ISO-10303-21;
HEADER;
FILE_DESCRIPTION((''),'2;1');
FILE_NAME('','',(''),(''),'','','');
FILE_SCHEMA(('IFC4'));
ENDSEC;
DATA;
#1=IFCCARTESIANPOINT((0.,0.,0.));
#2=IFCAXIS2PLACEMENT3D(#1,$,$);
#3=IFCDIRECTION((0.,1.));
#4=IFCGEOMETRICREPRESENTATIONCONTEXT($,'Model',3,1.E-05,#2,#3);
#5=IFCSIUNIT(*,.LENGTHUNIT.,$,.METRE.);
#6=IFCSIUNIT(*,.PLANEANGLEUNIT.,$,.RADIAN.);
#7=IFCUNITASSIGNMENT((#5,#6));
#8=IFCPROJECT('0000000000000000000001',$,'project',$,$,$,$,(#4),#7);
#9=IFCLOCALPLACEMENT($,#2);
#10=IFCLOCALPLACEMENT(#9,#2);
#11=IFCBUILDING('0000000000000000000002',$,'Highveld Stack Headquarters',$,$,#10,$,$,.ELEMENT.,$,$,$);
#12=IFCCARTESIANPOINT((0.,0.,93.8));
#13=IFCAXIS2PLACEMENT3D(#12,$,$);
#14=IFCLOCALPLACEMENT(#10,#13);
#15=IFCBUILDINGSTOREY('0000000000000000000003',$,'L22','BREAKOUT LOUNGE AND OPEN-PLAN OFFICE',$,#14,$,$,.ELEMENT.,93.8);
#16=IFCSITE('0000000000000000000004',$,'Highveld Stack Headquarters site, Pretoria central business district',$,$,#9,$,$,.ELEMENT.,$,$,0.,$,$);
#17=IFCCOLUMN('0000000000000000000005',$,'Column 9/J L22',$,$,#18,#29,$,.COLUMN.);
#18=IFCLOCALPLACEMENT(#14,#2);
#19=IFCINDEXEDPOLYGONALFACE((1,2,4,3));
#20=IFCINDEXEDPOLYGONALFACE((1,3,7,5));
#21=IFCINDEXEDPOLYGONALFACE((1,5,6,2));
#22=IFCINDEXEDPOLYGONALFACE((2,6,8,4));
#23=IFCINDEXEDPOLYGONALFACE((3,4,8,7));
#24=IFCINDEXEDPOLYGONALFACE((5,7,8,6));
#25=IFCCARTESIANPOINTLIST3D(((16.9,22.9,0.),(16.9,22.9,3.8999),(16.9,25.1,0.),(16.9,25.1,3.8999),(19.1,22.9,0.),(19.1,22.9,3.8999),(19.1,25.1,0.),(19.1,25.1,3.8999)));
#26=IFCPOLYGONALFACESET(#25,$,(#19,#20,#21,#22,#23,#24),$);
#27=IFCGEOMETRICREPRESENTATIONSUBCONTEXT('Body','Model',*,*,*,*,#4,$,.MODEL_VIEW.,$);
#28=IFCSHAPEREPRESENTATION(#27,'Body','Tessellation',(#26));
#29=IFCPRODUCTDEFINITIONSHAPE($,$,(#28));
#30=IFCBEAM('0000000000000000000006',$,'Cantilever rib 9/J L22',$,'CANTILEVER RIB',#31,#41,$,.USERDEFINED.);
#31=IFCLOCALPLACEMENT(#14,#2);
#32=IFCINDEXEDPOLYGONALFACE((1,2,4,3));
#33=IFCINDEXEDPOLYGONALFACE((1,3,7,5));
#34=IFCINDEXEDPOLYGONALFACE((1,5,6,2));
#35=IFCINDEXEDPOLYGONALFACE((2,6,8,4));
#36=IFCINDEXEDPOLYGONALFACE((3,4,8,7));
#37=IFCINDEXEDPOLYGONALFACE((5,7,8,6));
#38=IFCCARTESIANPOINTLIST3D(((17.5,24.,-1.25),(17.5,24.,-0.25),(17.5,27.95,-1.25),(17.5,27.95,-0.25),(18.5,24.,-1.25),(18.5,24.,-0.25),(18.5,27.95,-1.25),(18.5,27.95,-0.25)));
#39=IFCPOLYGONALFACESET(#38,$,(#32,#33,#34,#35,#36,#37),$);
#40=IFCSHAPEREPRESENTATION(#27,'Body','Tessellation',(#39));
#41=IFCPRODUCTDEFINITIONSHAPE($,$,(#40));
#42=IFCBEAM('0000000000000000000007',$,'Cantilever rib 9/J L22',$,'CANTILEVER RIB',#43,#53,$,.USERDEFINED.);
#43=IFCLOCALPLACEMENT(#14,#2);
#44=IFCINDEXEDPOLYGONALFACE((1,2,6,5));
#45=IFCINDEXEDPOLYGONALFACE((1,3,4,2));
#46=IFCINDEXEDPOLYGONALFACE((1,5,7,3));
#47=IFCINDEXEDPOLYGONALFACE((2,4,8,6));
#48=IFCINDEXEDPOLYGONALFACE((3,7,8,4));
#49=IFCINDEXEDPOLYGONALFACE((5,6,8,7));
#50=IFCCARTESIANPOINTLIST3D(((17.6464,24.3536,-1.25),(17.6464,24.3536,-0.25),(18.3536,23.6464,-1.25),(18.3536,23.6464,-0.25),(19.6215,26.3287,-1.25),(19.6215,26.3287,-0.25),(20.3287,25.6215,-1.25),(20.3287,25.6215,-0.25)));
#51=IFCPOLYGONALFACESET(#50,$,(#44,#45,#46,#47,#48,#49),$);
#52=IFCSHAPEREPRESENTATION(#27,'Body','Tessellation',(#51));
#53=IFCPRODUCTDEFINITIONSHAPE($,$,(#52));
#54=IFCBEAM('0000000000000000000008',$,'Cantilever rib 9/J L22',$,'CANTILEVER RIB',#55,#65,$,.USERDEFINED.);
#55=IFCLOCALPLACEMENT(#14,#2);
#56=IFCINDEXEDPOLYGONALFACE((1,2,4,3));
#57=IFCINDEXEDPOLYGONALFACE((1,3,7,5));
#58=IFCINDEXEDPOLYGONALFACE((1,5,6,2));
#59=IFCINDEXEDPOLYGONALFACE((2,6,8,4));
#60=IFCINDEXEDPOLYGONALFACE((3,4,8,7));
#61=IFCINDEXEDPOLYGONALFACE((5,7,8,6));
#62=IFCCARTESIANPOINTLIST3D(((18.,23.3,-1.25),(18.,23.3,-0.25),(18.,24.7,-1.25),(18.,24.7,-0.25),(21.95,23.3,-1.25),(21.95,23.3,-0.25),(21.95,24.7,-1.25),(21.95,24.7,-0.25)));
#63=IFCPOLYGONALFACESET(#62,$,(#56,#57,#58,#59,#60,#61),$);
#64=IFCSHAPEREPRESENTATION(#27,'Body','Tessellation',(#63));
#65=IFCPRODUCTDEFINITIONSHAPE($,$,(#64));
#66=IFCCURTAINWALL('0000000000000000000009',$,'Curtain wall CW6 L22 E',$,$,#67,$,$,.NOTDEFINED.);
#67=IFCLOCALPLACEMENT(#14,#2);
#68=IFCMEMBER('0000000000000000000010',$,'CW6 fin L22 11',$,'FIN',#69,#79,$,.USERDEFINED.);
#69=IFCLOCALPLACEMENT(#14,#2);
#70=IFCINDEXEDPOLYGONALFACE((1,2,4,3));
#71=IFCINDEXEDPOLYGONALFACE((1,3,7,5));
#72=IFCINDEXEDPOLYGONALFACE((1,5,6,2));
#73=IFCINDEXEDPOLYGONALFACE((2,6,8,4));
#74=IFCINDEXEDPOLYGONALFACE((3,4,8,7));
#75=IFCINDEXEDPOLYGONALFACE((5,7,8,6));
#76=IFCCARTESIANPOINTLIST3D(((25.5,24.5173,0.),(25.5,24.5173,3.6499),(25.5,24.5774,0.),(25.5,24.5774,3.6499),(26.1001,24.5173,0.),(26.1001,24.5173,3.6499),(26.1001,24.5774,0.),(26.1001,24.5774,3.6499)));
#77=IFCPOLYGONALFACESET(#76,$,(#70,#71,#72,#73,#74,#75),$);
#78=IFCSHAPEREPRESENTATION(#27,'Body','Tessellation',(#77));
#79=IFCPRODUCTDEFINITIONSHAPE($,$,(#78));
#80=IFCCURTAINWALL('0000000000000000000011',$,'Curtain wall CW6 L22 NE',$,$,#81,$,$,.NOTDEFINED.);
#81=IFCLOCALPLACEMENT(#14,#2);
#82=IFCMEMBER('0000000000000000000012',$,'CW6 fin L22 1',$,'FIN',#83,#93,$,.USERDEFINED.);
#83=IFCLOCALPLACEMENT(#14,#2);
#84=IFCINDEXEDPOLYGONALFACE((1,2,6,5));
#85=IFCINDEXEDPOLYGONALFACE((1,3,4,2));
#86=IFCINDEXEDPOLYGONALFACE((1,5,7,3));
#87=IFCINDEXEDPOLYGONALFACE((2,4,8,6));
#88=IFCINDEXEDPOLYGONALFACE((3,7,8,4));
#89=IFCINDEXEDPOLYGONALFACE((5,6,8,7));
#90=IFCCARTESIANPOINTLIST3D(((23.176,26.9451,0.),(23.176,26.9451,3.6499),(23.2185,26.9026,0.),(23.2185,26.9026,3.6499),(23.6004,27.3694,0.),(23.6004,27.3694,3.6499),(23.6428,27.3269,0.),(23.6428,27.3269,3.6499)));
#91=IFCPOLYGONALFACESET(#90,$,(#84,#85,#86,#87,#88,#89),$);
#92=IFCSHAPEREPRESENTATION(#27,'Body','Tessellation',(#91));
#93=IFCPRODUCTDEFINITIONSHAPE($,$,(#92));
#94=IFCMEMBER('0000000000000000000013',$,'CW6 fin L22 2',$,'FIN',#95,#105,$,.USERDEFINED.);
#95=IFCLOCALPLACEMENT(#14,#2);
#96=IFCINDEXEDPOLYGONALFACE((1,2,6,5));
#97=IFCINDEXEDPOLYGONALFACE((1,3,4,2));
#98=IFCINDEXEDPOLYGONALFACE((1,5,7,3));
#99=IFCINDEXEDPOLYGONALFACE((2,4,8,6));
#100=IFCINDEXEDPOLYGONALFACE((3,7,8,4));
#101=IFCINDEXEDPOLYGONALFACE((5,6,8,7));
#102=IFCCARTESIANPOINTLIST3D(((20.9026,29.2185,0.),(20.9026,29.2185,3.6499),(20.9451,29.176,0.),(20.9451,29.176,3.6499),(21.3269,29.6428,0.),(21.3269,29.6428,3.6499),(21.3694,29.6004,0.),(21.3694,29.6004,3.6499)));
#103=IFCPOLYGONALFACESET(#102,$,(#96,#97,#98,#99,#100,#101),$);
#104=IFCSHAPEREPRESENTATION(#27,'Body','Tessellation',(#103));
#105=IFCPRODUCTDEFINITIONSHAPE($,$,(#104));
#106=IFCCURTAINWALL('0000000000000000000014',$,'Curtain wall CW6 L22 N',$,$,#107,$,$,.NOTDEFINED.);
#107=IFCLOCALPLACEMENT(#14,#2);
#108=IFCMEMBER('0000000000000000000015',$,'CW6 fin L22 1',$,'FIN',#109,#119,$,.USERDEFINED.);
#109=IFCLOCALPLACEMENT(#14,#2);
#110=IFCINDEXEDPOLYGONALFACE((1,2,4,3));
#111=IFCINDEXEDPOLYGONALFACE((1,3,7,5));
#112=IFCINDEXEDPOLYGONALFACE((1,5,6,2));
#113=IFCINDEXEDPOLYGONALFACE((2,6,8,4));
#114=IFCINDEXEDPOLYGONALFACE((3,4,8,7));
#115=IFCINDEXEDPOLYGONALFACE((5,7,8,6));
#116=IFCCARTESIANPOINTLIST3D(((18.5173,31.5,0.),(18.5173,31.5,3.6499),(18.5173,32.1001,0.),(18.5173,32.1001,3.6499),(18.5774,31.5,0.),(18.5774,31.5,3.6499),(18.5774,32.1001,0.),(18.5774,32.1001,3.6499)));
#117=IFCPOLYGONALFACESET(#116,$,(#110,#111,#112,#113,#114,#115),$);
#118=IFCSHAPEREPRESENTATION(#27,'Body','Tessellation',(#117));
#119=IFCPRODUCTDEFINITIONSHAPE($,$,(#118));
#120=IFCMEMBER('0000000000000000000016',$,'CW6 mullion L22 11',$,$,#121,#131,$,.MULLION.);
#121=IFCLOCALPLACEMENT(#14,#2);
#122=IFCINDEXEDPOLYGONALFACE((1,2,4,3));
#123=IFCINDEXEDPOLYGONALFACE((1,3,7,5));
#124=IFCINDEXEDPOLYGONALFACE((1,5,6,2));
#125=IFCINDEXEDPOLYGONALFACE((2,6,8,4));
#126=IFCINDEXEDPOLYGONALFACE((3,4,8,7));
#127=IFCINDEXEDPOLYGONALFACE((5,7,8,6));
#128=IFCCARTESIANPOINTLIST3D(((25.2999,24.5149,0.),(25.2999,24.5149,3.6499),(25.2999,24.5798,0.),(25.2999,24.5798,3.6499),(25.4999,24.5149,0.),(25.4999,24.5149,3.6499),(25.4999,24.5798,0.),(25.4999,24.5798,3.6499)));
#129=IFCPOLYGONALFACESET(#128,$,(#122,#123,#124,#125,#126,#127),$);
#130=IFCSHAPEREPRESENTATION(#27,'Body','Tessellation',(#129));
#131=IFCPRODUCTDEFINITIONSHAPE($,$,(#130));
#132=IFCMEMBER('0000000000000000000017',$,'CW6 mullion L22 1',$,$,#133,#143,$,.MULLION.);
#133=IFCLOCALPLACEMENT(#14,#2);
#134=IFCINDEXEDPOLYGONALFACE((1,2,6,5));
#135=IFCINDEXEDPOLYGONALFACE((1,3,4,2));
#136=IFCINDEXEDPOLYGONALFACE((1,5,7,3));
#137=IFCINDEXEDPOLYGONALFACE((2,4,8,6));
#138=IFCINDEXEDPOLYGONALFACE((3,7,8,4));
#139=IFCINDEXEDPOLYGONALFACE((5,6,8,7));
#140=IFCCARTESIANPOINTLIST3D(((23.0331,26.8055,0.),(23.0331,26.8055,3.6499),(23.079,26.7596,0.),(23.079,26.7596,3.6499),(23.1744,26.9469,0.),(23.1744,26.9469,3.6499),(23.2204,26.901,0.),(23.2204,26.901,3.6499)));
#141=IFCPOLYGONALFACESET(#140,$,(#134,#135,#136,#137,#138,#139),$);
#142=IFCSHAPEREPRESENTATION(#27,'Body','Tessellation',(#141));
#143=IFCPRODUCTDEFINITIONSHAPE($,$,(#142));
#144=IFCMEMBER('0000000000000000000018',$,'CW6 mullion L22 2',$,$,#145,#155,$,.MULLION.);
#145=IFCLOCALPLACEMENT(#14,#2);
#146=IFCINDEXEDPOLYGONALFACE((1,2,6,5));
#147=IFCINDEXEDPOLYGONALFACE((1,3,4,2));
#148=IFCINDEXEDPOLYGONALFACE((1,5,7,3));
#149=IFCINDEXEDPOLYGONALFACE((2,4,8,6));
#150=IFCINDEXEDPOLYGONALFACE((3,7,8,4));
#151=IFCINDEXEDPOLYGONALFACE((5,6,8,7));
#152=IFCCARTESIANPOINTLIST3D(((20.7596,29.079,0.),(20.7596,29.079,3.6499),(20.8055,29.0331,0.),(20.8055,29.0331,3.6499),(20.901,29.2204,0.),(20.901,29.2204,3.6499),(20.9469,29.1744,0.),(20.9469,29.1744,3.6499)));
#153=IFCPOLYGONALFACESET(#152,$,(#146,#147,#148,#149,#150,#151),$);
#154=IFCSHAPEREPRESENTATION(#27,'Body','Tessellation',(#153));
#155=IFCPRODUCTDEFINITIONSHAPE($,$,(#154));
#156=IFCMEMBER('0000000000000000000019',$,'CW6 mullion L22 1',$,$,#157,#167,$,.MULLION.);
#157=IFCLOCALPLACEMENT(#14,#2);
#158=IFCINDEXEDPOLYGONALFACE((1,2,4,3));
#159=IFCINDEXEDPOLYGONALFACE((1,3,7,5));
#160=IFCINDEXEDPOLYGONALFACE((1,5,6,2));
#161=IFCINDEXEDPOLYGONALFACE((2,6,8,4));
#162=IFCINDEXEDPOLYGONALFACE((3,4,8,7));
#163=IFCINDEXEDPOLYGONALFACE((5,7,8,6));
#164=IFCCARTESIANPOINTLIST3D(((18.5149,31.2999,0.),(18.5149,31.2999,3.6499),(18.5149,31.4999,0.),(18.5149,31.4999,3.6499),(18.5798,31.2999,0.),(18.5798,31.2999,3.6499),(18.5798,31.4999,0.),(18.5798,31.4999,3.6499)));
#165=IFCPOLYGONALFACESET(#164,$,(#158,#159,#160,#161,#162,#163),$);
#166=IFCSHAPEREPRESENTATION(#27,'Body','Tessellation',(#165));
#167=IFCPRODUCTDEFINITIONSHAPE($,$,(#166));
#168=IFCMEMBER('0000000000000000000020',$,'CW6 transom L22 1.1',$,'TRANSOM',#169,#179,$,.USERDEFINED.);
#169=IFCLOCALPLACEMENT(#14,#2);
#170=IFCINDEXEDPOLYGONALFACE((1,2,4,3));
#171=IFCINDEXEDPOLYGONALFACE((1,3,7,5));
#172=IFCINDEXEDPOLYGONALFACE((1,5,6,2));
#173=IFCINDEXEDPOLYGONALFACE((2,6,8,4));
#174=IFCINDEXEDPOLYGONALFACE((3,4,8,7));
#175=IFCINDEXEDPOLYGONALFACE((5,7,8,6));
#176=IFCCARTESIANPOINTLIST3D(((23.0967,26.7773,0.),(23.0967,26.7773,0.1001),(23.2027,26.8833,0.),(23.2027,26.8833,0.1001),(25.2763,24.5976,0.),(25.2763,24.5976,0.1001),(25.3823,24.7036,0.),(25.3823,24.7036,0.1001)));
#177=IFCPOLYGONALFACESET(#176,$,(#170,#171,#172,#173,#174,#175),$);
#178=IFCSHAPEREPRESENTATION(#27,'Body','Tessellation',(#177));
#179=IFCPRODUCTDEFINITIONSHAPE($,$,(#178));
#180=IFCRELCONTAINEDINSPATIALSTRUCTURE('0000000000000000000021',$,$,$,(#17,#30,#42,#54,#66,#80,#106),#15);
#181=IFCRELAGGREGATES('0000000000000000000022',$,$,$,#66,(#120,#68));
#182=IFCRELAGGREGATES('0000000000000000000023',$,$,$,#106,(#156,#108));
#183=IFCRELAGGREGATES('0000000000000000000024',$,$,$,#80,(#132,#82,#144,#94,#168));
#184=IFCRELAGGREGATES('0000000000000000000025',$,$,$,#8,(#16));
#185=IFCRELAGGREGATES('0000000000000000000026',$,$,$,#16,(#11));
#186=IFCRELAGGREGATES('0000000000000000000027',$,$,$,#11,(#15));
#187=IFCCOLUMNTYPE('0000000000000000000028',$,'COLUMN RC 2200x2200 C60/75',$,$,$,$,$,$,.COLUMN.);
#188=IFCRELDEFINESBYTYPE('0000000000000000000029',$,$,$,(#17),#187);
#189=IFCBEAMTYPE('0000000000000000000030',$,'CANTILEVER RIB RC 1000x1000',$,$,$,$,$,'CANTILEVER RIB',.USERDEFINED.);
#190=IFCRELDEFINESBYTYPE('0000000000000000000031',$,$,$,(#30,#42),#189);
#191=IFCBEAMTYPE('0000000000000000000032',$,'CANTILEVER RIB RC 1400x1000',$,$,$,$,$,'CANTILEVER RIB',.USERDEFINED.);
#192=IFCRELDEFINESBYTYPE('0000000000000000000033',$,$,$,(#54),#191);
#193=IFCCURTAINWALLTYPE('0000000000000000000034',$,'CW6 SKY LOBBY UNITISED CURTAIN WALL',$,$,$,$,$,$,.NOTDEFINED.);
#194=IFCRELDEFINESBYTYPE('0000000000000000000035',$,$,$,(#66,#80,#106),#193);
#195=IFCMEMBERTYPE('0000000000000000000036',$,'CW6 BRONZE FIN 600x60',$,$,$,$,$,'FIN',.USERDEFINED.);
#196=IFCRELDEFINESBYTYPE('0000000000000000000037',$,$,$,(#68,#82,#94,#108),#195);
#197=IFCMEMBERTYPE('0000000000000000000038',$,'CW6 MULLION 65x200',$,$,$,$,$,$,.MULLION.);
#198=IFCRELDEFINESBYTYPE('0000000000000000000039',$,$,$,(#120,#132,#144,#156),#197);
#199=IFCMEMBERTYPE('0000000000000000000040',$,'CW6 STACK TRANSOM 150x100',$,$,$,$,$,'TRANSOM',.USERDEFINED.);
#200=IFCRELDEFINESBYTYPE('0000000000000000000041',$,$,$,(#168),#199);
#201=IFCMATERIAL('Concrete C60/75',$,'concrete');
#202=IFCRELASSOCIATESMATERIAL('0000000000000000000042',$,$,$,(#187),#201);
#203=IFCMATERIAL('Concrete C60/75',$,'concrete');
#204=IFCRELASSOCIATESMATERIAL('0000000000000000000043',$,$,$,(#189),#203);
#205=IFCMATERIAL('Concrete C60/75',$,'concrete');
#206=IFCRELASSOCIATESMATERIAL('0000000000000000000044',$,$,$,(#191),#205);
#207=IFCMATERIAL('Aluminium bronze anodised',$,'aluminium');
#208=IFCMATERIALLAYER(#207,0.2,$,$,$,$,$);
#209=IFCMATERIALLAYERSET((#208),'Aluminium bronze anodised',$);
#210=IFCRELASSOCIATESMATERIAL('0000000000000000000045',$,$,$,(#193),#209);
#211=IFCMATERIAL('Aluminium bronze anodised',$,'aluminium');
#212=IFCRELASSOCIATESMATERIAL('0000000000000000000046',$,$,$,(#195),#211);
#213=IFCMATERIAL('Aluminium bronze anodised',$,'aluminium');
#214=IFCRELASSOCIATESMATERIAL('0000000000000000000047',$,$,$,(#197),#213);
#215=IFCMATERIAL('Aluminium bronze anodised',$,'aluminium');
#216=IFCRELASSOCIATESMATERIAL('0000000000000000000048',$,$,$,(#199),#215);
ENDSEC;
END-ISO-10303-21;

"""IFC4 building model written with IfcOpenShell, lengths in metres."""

from ifc_helpers import new_model, si_unit, direction, frame, origin, origin_2d, place, context, subcontext, project, spatial, rectangle, extrude, material, layer, layer_set, material_profile, profile_set, type_object, element, aggregate, save


model = new_model("IFC4")

# Units and contexts
model_context = context("Model", 3, precision=1e-05, world=origin(), true_north=direction((0.0, 1.0)))
body_context = subcontext(model_context, "Body", "Model", "MODEL_VIEW")
ifc_project = project(units=[si_unit("LENGTHUNIT", "METRE"), si_unit("PLANEANGLEUNIT", "RADIAN")], contexts=[model_context])

# Site, building, storey
site_placement = place(None, origin())
site = spatial("IfcSite", under=ifc_project, at=site_placement, Name="Highveld Stack Headquarters site, Pretoria central business district", CompositionType="ELEMENT", RefElevation=0.0)
building_placement = place(site_placement, origin())
building = spatial("IfcBuilding", under=site, at=building_placement, Name="Highveld Stack Headquarters", CompositionType="ELEMENT")
storey_placement = place(building_placement, frame((0.0, 0.0, 93.8)))
storey = spatial("IfcBuildingStorey", under=building, at=storey_placement, Name="L22", Description="BREAKOUT LOUNGE AND OPEN-PLAN OFFICE", CompositionType="ELEMENT", Elevation=93.8)

# Column
ifc_material_1 = material(Name="Concrete C60/75", Category="concrete")
ifc_material_profile_1 = material_profile(ifc_material_1, rectangle(XDim=2.2, YDim=2.2, at=origin_2d()), Name="RC 2200x2200")
ifc_profile_set_1 = profile_set([ifc_material_profile_1], Name="Concrete C60/75")
column_type = type_object("IfcColumnType", Name="COLUMN RC 2200x2200 C60/75", PredefinedType="COLUMN", material=ifc_profile_set_1)
column_placement = place(storey_placement, frame((18.0, 24.0, 0.0), z_axis=(0.0, 0.0, 1.0), x_axis=(1.0, 0.0, 0.0)))
element("IfcColumn", 1, at=column_placement, inside=storey, type_object=column_type, Name="Column 9/J L22", PredefinedType="COLUMN", context=body_context, shape_type="SweptSolid", body=[
    extrude(rectangle(XDim=2.2, YDim=2.2, at=origin_2d()), origin(), (0.0, 0.0, 1.0), 3.8999),
])

# Beams
ifc_material_2 = material(Name="Concrete C60/75", Category="concrete")
ifc_material_profile_2 = material_profile(ifc_material_2, rectangle(XDim=1.0, YDim=1.0, at=origin_2d()), Name="RC 1000x1000")
ifc_profile_set_2 = profile_set([ifc_material_profile_2], Name="Concrete C60/75")
beam_type_1 = type_object("IfcBeamType", Name="CANTILEVER RIB RC 1000x1000", ElementType="CANTILEVER RIB", PredefinedType="USERDEFINED", material=ifc_profile_set_2)
beam_1_placement = place(storey_placement, frame((18.0, 24.0, -0.75), z_axis=(0.0, 1.0, 0.0), x_axis=(-1.0, 0.0, 0.0)))
element("IfcBeam", 2, at=beam_1_placement, inside=storey, type_object=beam_type_1, Name="Cantilever rib 9/J L22", ObjectType="CANTILEVER RIB", PredefinedType="USERDEFINED", context=body_context, shape_type="SweptSolid", body=[
    extrude(rectangle(XDim=1.0, YDim=1.0, at=origin_2d()), origin(), (0.0, 0.0, 1.0), 3.95),
])
beam_2_placement = place(storey_placement, frame((18.0, 24.0, -0.75), z_axis=(0.707107, 0.707107, 0.0), x_axis=(-0.707107, 0.707107, 0.0)))
element("IfcBeam", 3, at=beam_2_placement, inside=storey, type_object=beam_type_1, Name="Cantilever rib 9/J L22", ObjectType="CANTILEVER RIB", PredefinedType="USERDEFINED", context=body_context, shape_type="SweptSolid", body=[
    extrude(rectangle(XDim=1.0, YDim=1.0, at=origin_2d()), origin(), (0.0, 0.0, 1.0), 2.7932),
])
ifc_material_3 = material(Name="Concrete C60/75", Category="concrete")
ifc_material_profile_3 = material_profile(ifc_material_3, rectangle(XDim=1.3999, YDim=1.0, at=origin_2d()), Name="RC 1400x1000")
ifc_profile_set_3 = profile_set([ifc_material_profile_3], Name="Concrete C60/75")
beam_type_2 = type_object("IfcBeamType", Name="CANTILEVER RIB RC 1400x1000", ElementType="CANTILEVER RIB", PredefinedType="USERDEFINED", material=ifc_profile_set_3)
beam_3_placement = place(storey_placement, frame((18.0, 24.0, -0.75), z_axis=(1.0, 0.0, 0.0), x_axis=(0.0, 1.0, 0.0)))
element("IfcBeam", 4, at=beam_3_placement, inside=storey, type_object=beam_type_2, Name="Cantilever rib 9/J L22", ObjectType="CANTILEVER RIB", PredefinedType="USERDEFINED", context=body_context, shape_type="SweptSolid", body=[
    extrude(rectangle(XDim=1.3999, YDim=1.0, at=origin_2d()), origin(), (0.0, 0.0, 1.0), 3.95),
])

# Curtain wall, member
ifc_material_4 = material(Name="Aluminium bronze anodised", Category="aluminium")
ifc_layer_1 = layer(ifc_material_4, 0.2)
ifc_layer_set_1 = layer_set([ifc_layer_1], Name="Aluminium bronze anodised")
curtain_wall_type = type_object("IfcCurtainWallType", Name="CW6 SKY LOBBY UNITISED CURTAIN WALL", PredefinedType="NOTDEFINED", material=ifc_layer_set_1)
curtain_wall_1_placement = place(storey_placement, origin())
curtain_wall_1 = element("IfcCurtainWall", 5, at=curtain_wall_1_placement, inside=storey, type_object=curtain_wall_type, Name="Curtain wall CW6 L22 E", PredefinedType="NOTDEFINED")
ifc_material_5 = material(Name="Aluminium bronze anodised", Category="aluminium")
ifc_material_profile_4 = material_profile(ifc_material_5, rectangle(XDim=0.6001, YDim=0.0601, at=origin_2d()), Name="FIN 600x60")
ifc_profile_set_4 = profile_set([ifc_material_profile_4], Name="Aluminium bronze anodised")
member_type_1 = type_object("IfcMemberType", Name="CW6 BRONZE FIN 600x60", ElementType="FIN", PredefinedType="USERDEFINED", material=ifc_profile_set_4)
member_1_placement = place(storey_placement, frame((25.8, 24.5474, 0.0), z_axis=(0.0, 0.0, 1.0), x_axis=(-1.0, 0.0, 0.0)))
member_1 = element("IfcMember", 6, at=member_1_placement, type_object=member_type_1, Name="CW6 fin L22 11", ObjectType="FIN", PredefinedType="USERDEFINED", context=body_context, shape_type="SweptSolid", body=[
    extrude(rectangle(XDim=0.6001, YDim=0.0601, at=origin_2d()), origin(), (0.0, 0.0, 1.0), 3.6499),
])

# Curtain wall, members
curtain_wall_2_placement = place(storey_placement, origin())
curtain_wall_2 = element("IfcCurtainWall", 7, at=curtain_wall_2_placement, inside=storey, type_object=curtain_wall_type, Name="Curtain wall CW6 L22 NE", PredefinedType="NOTDEFINED")
member_2_placement = place(storey_placement, frame((23.4094, 27.136, 0.0), z_axis=(0.0, 0.0, 1.0), x_axis=(-0.707107, -0.707107, 0.0)))
member_2 = element("IfcMember", 8, at=member_2_placement, type_object=member_type_1, Name="CW6 fin L22 1", ObjectType="FIN", PredefinedType="USERDEFINED", context=body_context, shape_type="SweptSolid", body=[
    extrude(rectangle(XDim=0.6001, YDim=0.0601, at=origin_2d()), origin(), (0.0, 0.0, 1.0), 3.6499),
])
member_3_placement = place(storey_placement, frame((21.136, 29.4094, 0.0), z_axis=(0.0, 0.0, 1.0), x_axis=(-0.707107, -0.707107, 0.0)))
member_3 = element("IfcMember", 9, at=member_3_placement, type_object=member_type_1, Name="CW6 fin L22 2", ObjectType="FIN", PredefinedType="USERDEFINED", context=body_context, shape_type="SweptSolid", body=[
    extrude(rectangle(XDim=0.6001, YDim=0.0601, at=origin_2d()), origin(), (0.0, 0.0, 1.0), 3.6499),
])

# Curtain wall, member
curtain_wall_3_placement = place(storey_placement, origin())
curtain_wall_3 = element("IfcCurtainWall", 10, at=curtain_wall_3_placement, inside=storey, type_object=curtain_wall_type, Name="Curtain wall CW6 L22 N", PredefinedType="NOTDEFINED")
member_4_placement = place(storey_placement, frame((18.5474, 31.8, 0.0), z_axis=(0.0, 0.0, 1.0), x_axis=(0.0, -1.0, 0.0)))
member_4 = element("IfcMember", 11, at=member_4_placement, type_object=member_type_1, Name="CW6 fin L22 1", ObjectType="FIN", PredefinedType="USERDEFINED", context=body_context, shape_type="SweptSolid", body=[
    extrude(rectangle(XDim=0.6001, YDim=0.0601, at=origin_2d()), origin(), (0.0, 0.0, 1.0), 3.6499),
])

# Members
ifc_material_6 = material(Name="Aluminium bronze anodised", Category="aluminium")
ifc_material_profile_5 = material_profile(ifc_material_6, rectangle(XDim=0.2, YDim=0.0649, at=origin_2d()), Name="CW6 MULLION 65x200")
ifc_profile_set_5 = profile_set([ifc_material_profile_5], Name="Aluminium bronze anodised")
member_type_2 = type_object("IfcMemberType", Name="CW6 MULLION 65x200", PredefinedType="MULLION", material=ifc_profile_set_5)
member_5_placement = place(storey_placement, frame((25.3999, 24.5474, 0.0), z_axis=(0.0, 0.0, 1.0), x_axis=(-1.0, 0.0, 0.0)))
member_5 = element("IfcMember", 12, at=member_5_placement, type_object=member_type_2, Name="CW6 mullion L22 11", PredefinedType="MULLION", context=body_context, shape_type="SweptSolid", body=[
    extrude(rectangle(XDim=0.2, YDim=0.0649, at=origin_2d()), origin(), (0.0, 0.0, 1.0), 3.6499),
])
aggregate(curtain_wall_1, [member_5, member_1])
member_6_placement = place(storey_placement, frame((23.1267, 26.8533, 0.0), z_axis=(0.0, 0.0, 1.0), x_axis=(-0.707107, -0.707107, 0.0)))
member_6 = element("IfcMember", 13, at=member_6_placement, type_object=member_type_2, Name="CW6 mullion L22 1", PredefinedType="MULLION", context=body_context, shape_type="SweptSolid", body=[
    extrude(rectangle(XDim=0.2, YDim=0.0649, at=origin_2d()), origin(), (0.0, 0.0, 1.0), 3.6499),
])
member_7_placement = place(storey_placement, frame((20.8533, 29.1267, 0.0), z_axis=(0.0, 0.0, 1.0), x_axis=(-0.707107, -0.707107, 0.0)))
member_7 = element("IfcMember", 14, at=member_7_placement, type_object=member_type_2, Name="CW6 mullion L22 2", PredefinedType="MULLION", context=body_context, shape_type="SweptSolid", body=[
    extrude(rectangle(XDim=0.2, YDim=0.0649, at=origin_2d()), origin(), (0.0, 0.0, 1.0), 3.6499),
])
member_8_placement = place(storey_placement, frame((18.5474, 31.3999, 0.0), z_axis=(0.0, 0.0, 1.0), x_axis=(0.0, -1.0, 0.0)))
member_8 = element("IfcMember", 15, at=member_8_placement, type_object=member_type_2, Name="CW6 mullion L22 1", PredefinedType="MULLION", context=body_context, shape_type="SweptSolid", body=[
    extrude(rectangle(XDim=0.2, YDim=0.0649, at=origin_2d()), origin(), (0.0, 0.0, 1.0), 3.6499),
])
ifc_material_7 = material(Name="Aluminium bronze anodised", Category="aluminium")
ifc_material_profile_6 = material_profile(ifc_material_7, rectangle(XDim=0.1499, YDim=0.1001, at=origin_2d()), Name="CW6 TRANSOM 150x100")
ifc_profile_set_6 = profile_set([ifc_material_profile_6], Name="Aluminium bronze anodised")
member_type_3 = type_object("IfcMemberType", Name="CW6 STACK TRANSOM 150x100", ElementType="TRANSOM", PredefinedType="USERDEFINED", material=ifc_profile_set_6)
member_9_placement = place(storey_placement, frame((25.3293, 24.6506, 0.05), z_axis=(-0.707107, 0.707107, 0.0), x_axis=(-0.707107, -0.707107, 0.0)))
member_9 = element("IfcMember", 16, at=member_9_placement, type_object=member_type_3, Name="CW6 transom L22 1.1", ObjectType="TRANSOM", PredefinedType="USERDEFINED", context=body_context, shape_type="SweptSolid", body=[
    extrude(rectangle(XDim=0.1499, YDim=0.1001, at=origin_2d()), origin(), (0.0, 0.0, 1.0), 3.0825),
])
aggregate(curtain_wall_3, [member_8, member_4])

aggregate(curtain_wall_2, [member_6, member_2, member_7, member_3, member_9])

save(model, "model.ifc")
